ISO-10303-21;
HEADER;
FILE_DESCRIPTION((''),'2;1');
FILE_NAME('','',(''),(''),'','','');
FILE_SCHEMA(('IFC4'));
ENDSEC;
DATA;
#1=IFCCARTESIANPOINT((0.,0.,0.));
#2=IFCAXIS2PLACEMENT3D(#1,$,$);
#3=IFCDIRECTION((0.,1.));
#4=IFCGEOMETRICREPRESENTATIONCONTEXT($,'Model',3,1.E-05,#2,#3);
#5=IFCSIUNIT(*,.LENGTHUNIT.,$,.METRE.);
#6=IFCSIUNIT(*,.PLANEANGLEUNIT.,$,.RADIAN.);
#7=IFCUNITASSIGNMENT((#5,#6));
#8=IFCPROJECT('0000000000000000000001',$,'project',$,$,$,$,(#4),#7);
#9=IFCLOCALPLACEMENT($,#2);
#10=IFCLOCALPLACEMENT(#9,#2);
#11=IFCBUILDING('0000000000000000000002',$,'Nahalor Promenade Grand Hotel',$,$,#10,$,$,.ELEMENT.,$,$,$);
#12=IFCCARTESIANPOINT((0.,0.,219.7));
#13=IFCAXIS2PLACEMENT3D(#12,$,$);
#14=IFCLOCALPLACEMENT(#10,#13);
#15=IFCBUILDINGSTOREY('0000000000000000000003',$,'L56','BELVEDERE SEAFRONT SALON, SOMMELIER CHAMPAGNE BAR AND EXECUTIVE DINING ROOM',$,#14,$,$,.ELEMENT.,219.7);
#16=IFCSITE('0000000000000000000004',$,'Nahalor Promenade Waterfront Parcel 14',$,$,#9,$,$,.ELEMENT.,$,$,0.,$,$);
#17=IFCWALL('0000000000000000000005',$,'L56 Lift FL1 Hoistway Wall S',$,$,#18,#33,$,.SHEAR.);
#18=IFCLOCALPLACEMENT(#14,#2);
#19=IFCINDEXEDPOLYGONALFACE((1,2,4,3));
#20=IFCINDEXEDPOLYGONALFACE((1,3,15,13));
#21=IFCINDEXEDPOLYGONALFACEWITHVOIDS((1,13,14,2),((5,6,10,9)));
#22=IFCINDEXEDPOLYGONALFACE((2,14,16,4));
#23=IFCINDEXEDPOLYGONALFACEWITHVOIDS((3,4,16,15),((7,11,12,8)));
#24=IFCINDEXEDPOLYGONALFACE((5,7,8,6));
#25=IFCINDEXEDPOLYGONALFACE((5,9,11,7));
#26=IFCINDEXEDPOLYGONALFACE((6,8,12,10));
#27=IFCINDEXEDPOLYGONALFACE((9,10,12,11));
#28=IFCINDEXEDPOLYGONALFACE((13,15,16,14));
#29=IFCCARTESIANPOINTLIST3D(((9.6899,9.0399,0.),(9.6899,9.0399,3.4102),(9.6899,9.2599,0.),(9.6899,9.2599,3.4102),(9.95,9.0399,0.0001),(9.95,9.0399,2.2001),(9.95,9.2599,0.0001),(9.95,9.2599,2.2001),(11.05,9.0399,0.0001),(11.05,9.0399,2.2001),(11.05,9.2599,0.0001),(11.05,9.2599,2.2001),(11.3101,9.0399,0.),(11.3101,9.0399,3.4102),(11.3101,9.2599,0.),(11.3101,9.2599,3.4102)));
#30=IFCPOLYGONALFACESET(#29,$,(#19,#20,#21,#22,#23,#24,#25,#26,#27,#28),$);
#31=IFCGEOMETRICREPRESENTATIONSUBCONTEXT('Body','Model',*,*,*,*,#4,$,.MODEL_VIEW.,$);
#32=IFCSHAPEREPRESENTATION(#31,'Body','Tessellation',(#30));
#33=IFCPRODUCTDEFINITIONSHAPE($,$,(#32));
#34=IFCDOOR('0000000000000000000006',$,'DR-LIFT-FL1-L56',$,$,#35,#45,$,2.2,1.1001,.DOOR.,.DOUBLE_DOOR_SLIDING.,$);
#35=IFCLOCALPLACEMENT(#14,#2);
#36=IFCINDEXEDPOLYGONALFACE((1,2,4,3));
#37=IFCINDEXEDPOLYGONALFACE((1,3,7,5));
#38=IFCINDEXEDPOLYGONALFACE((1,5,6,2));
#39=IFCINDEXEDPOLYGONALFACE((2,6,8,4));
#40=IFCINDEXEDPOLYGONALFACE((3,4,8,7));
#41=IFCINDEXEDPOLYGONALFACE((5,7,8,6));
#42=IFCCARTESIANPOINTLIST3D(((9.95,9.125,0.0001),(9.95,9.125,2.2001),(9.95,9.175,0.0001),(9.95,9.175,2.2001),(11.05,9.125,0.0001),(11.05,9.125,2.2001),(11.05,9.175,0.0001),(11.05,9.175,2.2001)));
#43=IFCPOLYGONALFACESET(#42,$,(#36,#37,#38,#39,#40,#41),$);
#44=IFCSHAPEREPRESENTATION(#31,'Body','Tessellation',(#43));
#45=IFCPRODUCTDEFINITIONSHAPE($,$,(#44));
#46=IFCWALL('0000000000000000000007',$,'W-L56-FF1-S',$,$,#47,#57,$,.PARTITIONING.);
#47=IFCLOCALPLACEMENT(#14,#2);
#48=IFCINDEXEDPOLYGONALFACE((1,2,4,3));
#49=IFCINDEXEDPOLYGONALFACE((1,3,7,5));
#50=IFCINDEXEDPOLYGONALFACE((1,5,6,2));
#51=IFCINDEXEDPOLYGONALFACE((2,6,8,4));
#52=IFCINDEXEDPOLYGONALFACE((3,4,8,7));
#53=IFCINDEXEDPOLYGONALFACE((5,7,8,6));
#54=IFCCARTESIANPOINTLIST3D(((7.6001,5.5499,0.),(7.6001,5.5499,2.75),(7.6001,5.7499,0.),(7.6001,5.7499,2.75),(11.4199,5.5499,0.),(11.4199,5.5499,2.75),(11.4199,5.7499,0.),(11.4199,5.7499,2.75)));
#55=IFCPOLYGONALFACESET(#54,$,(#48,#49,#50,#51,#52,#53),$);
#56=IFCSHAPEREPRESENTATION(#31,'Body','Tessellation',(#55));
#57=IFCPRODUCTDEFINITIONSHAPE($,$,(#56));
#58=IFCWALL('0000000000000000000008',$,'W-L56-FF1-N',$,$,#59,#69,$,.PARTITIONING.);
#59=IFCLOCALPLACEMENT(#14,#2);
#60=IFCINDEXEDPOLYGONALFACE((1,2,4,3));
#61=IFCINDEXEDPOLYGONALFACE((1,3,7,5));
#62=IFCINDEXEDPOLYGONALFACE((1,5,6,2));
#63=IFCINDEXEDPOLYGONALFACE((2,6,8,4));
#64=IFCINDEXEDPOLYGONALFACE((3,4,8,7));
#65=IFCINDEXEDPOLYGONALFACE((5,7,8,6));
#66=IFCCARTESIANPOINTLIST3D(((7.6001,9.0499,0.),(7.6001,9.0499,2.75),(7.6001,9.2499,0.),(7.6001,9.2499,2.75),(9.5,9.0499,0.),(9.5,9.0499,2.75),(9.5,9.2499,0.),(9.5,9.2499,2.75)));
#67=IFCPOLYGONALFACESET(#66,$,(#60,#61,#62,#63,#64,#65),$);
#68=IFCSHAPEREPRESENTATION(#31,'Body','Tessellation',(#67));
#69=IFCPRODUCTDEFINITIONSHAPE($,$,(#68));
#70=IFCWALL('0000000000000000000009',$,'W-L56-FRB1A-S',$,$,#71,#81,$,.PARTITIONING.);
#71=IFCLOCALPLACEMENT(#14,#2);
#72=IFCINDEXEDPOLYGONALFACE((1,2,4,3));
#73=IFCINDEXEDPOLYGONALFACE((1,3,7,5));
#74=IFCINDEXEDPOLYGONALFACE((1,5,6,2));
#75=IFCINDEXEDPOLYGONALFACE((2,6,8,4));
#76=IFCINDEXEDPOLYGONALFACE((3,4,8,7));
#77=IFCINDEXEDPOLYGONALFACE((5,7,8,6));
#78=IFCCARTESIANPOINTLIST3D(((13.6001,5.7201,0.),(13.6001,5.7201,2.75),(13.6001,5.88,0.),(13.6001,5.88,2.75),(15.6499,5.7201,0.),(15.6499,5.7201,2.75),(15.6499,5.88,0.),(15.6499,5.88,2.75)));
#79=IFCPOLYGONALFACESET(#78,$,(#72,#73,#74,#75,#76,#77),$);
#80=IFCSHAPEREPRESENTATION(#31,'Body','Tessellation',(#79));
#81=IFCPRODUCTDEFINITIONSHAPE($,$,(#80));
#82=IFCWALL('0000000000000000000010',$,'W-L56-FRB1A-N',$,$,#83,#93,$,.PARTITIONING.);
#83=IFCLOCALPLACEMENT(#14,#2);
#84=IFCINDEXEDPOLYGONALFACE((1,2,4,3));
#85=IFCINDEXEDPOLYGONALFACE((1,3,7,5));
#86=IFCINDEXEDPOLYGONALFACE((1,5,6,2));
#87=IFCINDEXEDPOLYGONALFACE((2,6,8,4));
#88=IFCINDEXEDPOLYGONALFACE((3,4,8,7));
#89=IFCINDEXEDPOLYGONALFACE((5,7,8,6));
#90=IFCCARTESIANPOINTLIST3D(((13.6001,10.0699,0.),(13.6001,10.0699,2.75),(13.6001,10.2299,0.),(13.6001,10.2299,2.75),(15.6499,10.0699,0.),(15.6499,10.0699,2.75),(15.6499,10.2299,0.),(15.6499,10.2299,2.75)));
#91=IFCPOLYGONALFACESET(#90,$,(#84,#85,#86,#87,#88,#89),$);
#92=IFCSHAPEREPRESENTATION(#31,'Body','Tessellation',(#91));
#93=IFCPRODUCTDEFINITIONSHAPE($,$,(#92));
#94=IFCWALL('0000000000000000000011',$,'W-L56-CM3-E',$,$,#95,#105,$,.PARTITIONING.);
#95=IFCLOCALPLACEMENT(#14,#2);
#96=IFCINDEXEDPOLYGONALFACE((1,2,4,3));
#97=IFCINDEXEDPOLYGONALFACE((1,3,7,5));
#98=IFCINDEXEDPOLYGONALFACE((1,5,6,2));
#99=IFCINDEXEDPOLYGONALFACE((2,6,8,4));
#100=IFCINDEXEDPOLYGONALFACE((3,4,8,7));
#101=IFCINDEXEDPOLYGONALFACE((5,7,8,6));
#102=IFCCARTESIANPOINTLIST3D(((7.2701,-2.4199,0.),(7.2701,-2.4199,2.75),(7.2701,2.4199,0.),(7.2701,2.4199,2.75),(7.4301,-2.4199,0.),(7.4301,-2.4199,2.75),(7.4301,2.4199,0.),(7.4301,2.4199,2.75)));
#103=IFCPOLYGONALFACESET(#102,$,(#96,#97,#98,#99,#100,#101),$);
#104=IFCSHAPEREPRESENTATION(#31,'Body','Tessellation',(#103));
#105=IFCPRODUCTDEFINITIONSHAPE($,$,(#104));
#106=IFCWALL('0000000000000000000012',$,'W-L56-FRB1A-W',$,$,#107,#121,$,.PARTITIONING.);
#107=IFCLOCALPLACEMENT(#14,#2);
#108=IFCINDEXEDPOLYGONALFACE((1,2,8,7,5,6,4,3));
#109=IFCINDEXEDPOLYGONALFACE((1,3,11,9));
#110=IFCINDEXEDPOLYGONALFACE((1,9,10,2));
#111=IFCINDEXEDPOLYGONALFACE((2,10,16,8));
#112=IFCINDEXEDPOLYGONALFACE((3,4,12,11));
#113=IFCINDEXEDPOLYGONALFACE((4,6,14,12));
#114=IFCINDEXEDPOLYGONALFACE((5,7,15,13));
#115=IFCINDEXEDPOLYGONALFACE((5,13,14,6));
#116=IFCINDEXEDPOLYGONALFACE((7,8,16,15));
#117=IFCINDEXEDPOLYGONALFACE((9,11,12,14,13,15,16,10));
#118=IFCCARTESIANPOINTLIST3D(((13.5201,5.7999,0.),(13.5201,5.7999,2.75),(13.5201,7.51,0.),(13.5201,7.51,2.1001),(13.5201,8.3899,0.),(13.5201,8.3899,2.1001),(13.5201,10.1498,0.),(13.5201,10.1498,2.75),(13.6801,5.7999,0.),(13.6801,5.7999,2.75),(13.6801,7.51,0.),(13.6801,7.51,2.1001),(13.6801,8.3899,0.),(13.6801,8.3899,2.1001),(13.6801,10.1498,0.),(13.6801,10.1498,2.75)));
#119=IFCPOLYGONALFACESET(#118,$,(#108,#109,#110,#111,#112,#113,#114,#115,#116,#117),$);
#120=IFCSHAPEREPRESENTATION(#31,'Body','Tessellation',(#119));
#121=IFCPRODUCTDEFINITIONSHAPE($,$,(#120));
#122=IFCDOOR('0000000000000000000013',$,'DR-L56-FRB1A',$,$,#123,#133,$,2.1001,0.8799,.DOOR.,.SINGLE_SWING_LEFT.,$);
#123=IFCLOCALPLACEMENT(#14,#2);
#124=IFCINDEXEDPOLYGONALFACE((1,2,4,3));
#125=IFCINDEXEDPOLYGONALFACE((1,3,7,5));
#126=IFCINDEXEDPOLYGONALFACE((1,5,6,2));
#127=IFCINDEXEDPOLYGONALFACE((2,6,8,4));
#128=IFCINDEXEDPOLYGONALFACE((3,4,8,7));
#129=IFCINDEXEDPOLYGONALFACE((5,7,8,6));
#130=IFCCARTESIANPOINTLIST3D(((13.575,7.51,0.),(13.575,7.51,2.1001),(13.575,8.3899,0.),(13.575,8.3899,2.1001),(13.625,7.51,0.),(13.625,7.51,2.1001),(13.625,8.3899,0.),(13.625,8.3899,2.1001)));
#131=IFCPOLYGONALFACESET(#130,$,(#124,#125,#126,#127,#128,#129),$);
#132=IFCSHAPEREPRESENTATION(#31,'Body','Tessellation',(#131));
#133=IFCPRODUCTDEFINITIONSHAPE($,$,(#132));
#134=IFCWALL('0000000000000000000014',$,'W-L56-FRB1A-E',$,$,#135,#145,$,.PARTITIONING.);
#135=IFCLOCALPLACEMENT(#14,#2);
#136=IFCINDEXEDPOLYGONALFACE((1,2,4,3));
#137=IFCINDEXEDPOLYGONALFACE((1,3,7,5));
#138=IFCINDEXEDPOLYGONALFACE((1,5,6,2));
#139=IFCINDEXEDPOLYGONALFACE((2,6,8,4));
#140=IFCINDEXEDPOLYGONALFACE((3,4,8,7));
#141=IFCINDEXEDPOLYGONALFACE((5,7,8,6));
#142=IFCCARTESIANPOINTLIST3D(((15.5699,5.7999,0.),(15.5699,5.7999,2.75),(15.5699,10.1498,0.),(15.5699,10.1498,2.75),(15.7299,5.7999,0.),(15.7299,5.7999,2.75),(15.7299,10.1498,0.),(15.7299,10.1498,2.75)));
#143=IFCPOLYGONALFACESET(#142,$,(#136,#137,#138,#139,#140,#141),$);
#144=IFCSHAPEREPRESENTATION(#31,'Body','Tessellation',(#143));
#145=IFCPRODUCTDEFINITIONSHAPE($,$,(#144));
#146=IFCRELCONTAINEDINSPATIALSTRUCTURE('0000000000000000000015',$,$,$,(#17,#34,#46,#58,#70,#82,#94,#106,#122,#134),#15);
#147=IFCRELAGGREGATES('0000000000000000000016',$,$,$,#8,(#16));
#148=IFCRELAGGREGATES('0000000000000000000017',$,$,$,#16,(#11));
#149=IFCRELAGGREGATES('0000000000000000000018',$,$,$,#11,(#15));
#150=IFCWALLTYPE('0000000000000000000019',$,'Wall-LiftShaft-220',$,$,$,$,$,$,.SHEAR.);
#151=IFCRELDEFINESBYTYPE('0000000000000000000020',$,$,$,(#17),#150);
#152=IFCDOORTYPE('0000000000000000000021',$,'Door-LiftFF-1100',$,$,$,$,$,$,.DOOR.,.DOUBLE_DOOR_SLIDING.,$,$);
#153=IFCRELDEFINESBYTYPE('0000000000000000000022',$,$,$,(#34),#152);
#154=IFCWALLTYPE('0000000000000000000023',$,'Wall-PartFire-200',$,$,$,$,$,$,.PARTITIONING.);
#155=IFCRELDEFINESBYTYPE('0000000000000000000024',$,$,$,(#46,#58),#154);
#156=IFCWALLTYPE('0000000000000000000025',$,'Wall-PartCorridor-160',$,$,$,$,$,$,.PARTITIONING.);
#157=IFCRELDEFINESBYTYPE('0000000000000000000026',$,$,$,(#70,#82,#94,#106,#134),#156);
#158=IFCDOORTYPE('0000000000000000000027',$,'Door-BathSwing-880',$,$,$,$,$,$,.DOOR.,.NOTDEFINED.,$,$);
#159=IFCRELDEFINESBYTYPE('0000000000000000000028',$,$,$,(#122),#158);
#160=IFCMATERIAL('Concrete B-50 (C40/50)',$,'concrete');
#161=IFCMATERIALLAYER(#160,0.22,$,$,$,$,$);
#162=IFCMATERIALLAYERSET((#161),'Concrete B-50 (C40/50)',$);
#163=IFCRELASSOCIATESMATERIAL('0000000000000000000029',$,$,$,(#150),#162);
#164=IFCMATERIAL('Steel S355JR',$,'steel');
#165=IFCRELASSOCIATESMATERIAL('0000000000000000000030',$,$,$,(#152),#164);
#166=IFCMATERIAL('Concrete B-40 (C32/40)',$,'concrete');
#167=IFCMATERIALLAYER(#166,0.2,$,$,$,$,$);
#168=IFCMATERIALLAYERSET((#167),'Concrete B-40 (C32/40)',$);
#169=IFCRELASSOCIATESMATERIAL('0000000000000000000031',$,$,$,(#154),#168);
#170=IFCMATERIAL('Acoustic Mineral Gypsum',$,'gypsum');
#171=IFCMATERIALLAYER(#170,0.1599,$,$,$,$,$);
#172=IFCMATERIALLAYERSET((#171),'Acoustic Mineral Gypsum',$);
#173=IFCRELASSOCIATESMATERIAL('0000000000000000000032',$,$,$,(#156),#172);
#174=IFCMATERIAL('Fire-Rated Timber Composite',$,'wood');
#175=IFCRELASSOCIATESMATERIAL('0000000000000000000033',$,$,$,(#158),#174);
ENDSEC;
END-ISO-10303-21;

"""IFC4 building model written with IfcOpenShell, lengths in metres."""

from ifc_helpers import new_model, si_unit, direction, frame, frame_2d, origin, place, context, subcontext, project, spatial, rectangle, extrude, source, transform, mapped, material, layer, layer_set, type_object, element, fill, save


model = new_model("IFC4")

# Units and contexts
model_context = context("Model", 3, precision=1e-05, world=origin(), true_north=direction((0.0, 1.0)))
body_context = subcontext(model_context, "Body", "Model", "MODEL_VIEW")
ifc_project = project(units=[si_unit("LENGTHUNIT", "METRE"), si_unit("PLANEANGLEUNIT", "RADIAN")], contexts=[model_context])

# Site, building, storey
site_placement = place(None, origin())
site = spatial("IfcSite", under=ifc_project, at=site_placement, Name="Nahalor Promenade Waterfront Parcel 14", CompositionType="ELEMENT", RefElevation=0.0)
building_placement = place(site_placement, origin())
building = spatial("IfcBuilding", under=site, at=building_placement, Name="Nahalor Promenade Grand Hotel", CompositionType="ELEMENT")
storey_placement = place(building_placement, frame((0.0, 0.0, 219.7)))
storey = spatial("IfcBuildingStorey", under=building, at=storey_placement, Name="L56", Description="BELVEDERE SEAFRONT SALON, SOMMELIER CHAMPAGNE BAR AND EXECUTIVE DINING ROOM", CompositionType="ELEMENT", Elevation=219.7)

# Shared definitions
ifc_material_1 = material(Name="Steel S355JR", Category="steel")

# Shared definitions
ifc_material_2 = material(Name="Concrete B-50 (C40/50)", Category="concrete")

# Shared definitions
ifc_layer_1 = layer(ifc_material_2, 0.22)
ifc_layer_set_1 = layer_set([ifc_layer_1], Name="Concrete B-50 (C40/50)")
wall_type_1 = type_object("IfcWallType", Name="Wall-LiftShaft-220", PredefinedType="SHEAR", material=ifc_layer_set_1)

# Wall, opening, door
shared_shape_1 = source(origin(), body_context, "Body", "SweptSolid", [
    extrude(rectangle(XDim=1.6201, YDim=0.22, at=frame_2d((0.8101, 0.0))), origin(), (0.0, 0.0, 1.0), 3.4102),
])
wall_1_placement = place(storey_placement, frame((9.6899, 9.1499, 0.0), z_axis=(0.0, 0.0, 1.0), x_axis=(1.0, 0.0, 0.0)))
wall_1 = element("IfcWall", 1, at=wall_1_placement, inside=storey, type_object=wall_type_1, Name="L56 Lift FL1 Hoistway Wall S", PredefinedType="SHEAR", context=body_context, shape_type="MappedRepresentation", body=[
    mapped(shared_shape_1, transform((0.0, 0.0, 0.0), scale=1.0)),
])
opening_1_placement = place(wall_1_placement, frame((0.26, 0.0, 0.0)))
opening_1 = element("IfcOpeningElement", 2, at=opening_1_placement, cuts=wall_1, PredefinedType="OPENING", context=body_context, shape_type="SweptSolid", body=[
    extrude(rectangle(XDim=1.1001, YDim=2.2, at=frame_2d((0.55, 1.1001))), frame((0.0, 0.1199, 0.0), z_axis=(0.0, -1.0, 0.0), x_axis=(1.0, 0.0, 0.0)), (0.0, 0.0, 1.0), 0.24),
])
door_type_1 = type_object("IfcDoorType", Name="Door-LiftFF-1100", OperationType="DOUBLE_DOOR_SLIDING", PredefinedType="DOOR", material=ifc_material_1)
shared_shape_2 = source(origin(), body_context, "Body", "SweptSolid", [
    extrude(rectangle(XDim=1.1001, YDim=2.2, at=frame_2d((0.55, 1.1001))), frame((0.0, 0.0249, 0.0), z_axis=(0.0, -1.0, 0.0), x_axis=(1.0, 0.0, 0.0)), (0.0, 0.0, 1.0), 0.05),
])
door_1_placement = place(opening_1_placement, frame((1.1001, 0.0, 0.0), z_axis=(0.0, 0.0, 1.0), x_axis=(-1.0, 0.0, 0.0)))
door_1 = element("IfcDoor", 3, at=door_1_placement, inside=storey, type_object=door_type_1, Name="DR-LIFT-FL1-L56", OperationType="DOUBLE_DOOR_SLIDING", OverallHeight=2.2, OverallWidth=1.1001, PredefinedType="DOOR", context=body_context, shape_type="MappedRepresentation", body=[
    mapped(shared_shape_2, transform((0.0, 0.0, 0.0), scale=1.0)),
])
fill(opening_1, door_1)

# Walls
ifc_material_3 = material(Name="Concrete B-40 (C32/40)", Category="concrete")
ifc_layer_2 = layer(ifc_material_3, 0.2)
ifc_layer_set_2 = layer_set([ifc_layer_2], Name="Concrete B-40 (C32/40)")
wall_type_2 = type_object("IfcWallType", Name="Wall-PartFire-200", PredefinedType="PARTITIONING", material=ifc_layer_set_2)
shared_shape_3 = source(origin(), body_context, "Body", "SweptSolid", [
    extrude(rectangle(XDim=3.8198, YDim=0.2, at=frame_2d((1.9099, 0.0))), origin(), (0.0, 0.0, 1.0), 2.75),
])
wall_2_placement = place(storey_placement, frame((7.6001, 5.6499, 0.0), z_axis=(0.0, 0.0, 1.0), x_axis=(1.0, 0.0, 0.0)))
element("IfcWall", 4, at=wall_2_placement, inside=storey, type_object=wall_type_2, Name="W-L56-FF1-S", PredefinedType="PARTITIONING", context=body_context, shape_type="MappedRepresentation", body=[
    mapped(shared_shape_3, transform((0.0, 0.0, 0.0), scale=1.0)),
])
shared_shape_4 = source(origin(), body_context, "Body", "SweptSolid", [
    extrude(rectangle(XDim=1.8999, YDim=0.2, at=frame_2d((0.95, 0.0))), origin(), (0.0, 0.0, 1.0), 2.75),
])
wall_3_placement = place(storey_placement, frame((7.6001, 9.1499, 0.0), z_axis=(0.0, 0.0, 1.0), x_axis=(1.0, 0.0, 0.0)))
element("IfcWall", 5, at=wall_3_placement, inside=storey, type_object=wall_type_2, Name="W-L56-FF1-N", PredefinedType="PARTITIONING", context=body_context, shape_type="MappedRepresentation", body=[
    mapped(shared_shape_4, transform((0.0, 0.0, 0.0), scale=1.0)),
])

# Walls
ifc_material_4 = material(Name="Acoustic Mineral Gypsum", Category="gypsum")
ifc_layer_3 = layer(ifc_material_4, 0.1599)
ifc_layer_set_3 = layer_set([ifc_layer_3], Name="Acoustic Mineral Gypsum")
wall_type_3 = type_object("IfcWallType", Name="Wall-PartCorridor-160", PredefinedType="PARTITIONING", material=ifc_layer_set_3)
shared_shape_5 = source(origin(), body_context, "Body", "SweptSolid", [
    extrude(rectangle(XDim=2.0498, YDim=0.1599, at=frame_2d((1.0249, 0.0))), origin(), (0.0, 0.0, 1.0), 2.75),
])
for number, where, z_axis, x_axis, name in (
    (6, (13.6001, 5.8, 0.0), (0.0, 0.0, 1.0), (1.0, 0.0, 0.0), "W-L56-FRB1A-S"),
    (7, (13.6001, 10.1499, 0.0), (0.0, 0.0, 1.0), (1.0, 0.0, 0.0), "W-L56-FRB1A-N"),
):
    element("IfcWall", number, at=place(storey_placement, frame(where, z_axis=z_axis, x_axis=x_axis)), inside=storey, type_object=wall_type_3, Name=name, PredefinedType="PARTITIONING", context=body_context, shape_type="MappedRepresentation", body=[
        mapped(shared_shape_5, transform((0.0, 0.0, 0.0), scale=1.0)),
    ])
shared_shape_6 = source(origin(), body_context, "Body", "SweptSolid", [
    extrude(rectangle(XDim=4.8398, YDim=0.1599, at=frame_2d((2.4199, 0.0))), origin(), (0.0, 0.0, 1.0), 2.75),
])
wall_4_placement = place(storey_placement, frame((7.3501, -2.4199, 0.0), z_axis=(0.0, 0.0, 1.0), x_axis=(0.0, 1.0, 0.0)))
element("IfcWall", 8, at=wall_4_placement, inside=storey, type_object=wall_type_3, Name="W-L56-CM3-E", PredefinedType="PARTITIONING", context=body_context, shape_type="MappedRepresentation", body=[
    mapped(shared_shape_6, transform((0.0, 0.0, 0.0), scale=1.0)),
])

# Wall, opening, door
shared_shape_7 = source(origin(), body_context, "Body", "SweptSolid", [
    extrude(rectangle(XDim=4.3499, YDim=0.1599, at=frame_2d((2.1748, 0.0))), origin(), (0.0, 0.0, 1.0), 2.75),
])
wall_5_placement = place(storey_placement, frame((13.6001, 5.8, 0.0), z_axis=(0.0, 0.0, 1.0), x_axis=(0.0, 1.0, 0.0)))
wall_5 = element("IfcWall", 9, at=wall_5_placement, inside=storey, type_object=wall_type_3, Name="W-L56-FRB1A-W", PredefinedType="PARTITIONING", context=body_context, shape_type="MappedRepresentation", body=[
    mapped(shared_shape_7, transform((0.0, 0.0, 0.0), scale=1.0)),
])
opening_2_placement = place(wall_5_placement, frame((1.71, 0.0, 0.0)))
opening_2 = element("IfcOpeningElement", 10, at=opening_2_placement, cuts=wall_5, PredefinedType="OPENING", context=body_context, shape_type="SweptSolid", body=[
    extrude(rectangle(XDim=0.8799, YDim=2.1001, at=frame_2d((0.4399, 1.05))), frame((0.0, 0.0898, 0.0), z_axis=(0.0, -1.0, 0.0), x_axis=(1.0, 0.0, 0.0)), (0.0, 0.0, 1.0), 0.1799),
])
ifc_material_5 = material(Name="Fire-Rated Timber Composite", Category="wood")
door_type_2 = type_object("IfcDoorType", Name="Door-BathSwing-880", OperationType="NOTDEFINED", PredefinedType="DOOR", material=ifc_material_5)
shared_shape_8 = source(origin(), body_context, "Body", "SweptSolid", [
    extrude(rectangle(XDim=0.8799, YDim=2.1001, at=frame_2d((0.4399, 1.05))), frame((0.0, 0.0249, 0.0), z_axis=(0.0, -1.0, 0.0), x_axis=(1.0, 0.0, 0.0)), (0.0, 0.0, 1.0), 0.05),
])
door_2_placement = place(opening_2_placement, frame((0.8799, 0.0, 0.0), z_axis=(0.0, 0.0, 1.0), x_axis=(-1.0, 0.0, 0.0)))
door_2 = element("IfcDoor", 11, at=door_2_placement, inside=storey, type_object=door_type_2, Name="DR-L56-FRB1A", OperationType="SINGLE_SWING_LEFT", OverallHeight=2.1001, OverallWidth=0.8799, PredefinedType="DOOR", context=body_context, shape_type="MappedRepresentation", body=[
    mapped(shared_shape_8, transform((0.0, 0.0, 0.0), scale=1.0)),
])
fill(opening_2, door_2)

# Wall
wall_6_placement = place(storey_placement, frame((15.6499, 5.8, 0.0), z_axis=(0.0, 0.0, 1.0), x_axis=(0.0, 1.0, 0.0)))
element("IfcWall", 12, at=wall_6_placement, inside=storey, type_object=wall_type_3, Name="W-L56-FRB1A-E", PredefinedType="PARTITIONING", context=body_context, shape_type="MappedRepresentation", body=[
    mapped(shared_shape_7, transform((0.0, 0.0, 0.0), scale=1.0)),
])

save(model, "model.ifc")
